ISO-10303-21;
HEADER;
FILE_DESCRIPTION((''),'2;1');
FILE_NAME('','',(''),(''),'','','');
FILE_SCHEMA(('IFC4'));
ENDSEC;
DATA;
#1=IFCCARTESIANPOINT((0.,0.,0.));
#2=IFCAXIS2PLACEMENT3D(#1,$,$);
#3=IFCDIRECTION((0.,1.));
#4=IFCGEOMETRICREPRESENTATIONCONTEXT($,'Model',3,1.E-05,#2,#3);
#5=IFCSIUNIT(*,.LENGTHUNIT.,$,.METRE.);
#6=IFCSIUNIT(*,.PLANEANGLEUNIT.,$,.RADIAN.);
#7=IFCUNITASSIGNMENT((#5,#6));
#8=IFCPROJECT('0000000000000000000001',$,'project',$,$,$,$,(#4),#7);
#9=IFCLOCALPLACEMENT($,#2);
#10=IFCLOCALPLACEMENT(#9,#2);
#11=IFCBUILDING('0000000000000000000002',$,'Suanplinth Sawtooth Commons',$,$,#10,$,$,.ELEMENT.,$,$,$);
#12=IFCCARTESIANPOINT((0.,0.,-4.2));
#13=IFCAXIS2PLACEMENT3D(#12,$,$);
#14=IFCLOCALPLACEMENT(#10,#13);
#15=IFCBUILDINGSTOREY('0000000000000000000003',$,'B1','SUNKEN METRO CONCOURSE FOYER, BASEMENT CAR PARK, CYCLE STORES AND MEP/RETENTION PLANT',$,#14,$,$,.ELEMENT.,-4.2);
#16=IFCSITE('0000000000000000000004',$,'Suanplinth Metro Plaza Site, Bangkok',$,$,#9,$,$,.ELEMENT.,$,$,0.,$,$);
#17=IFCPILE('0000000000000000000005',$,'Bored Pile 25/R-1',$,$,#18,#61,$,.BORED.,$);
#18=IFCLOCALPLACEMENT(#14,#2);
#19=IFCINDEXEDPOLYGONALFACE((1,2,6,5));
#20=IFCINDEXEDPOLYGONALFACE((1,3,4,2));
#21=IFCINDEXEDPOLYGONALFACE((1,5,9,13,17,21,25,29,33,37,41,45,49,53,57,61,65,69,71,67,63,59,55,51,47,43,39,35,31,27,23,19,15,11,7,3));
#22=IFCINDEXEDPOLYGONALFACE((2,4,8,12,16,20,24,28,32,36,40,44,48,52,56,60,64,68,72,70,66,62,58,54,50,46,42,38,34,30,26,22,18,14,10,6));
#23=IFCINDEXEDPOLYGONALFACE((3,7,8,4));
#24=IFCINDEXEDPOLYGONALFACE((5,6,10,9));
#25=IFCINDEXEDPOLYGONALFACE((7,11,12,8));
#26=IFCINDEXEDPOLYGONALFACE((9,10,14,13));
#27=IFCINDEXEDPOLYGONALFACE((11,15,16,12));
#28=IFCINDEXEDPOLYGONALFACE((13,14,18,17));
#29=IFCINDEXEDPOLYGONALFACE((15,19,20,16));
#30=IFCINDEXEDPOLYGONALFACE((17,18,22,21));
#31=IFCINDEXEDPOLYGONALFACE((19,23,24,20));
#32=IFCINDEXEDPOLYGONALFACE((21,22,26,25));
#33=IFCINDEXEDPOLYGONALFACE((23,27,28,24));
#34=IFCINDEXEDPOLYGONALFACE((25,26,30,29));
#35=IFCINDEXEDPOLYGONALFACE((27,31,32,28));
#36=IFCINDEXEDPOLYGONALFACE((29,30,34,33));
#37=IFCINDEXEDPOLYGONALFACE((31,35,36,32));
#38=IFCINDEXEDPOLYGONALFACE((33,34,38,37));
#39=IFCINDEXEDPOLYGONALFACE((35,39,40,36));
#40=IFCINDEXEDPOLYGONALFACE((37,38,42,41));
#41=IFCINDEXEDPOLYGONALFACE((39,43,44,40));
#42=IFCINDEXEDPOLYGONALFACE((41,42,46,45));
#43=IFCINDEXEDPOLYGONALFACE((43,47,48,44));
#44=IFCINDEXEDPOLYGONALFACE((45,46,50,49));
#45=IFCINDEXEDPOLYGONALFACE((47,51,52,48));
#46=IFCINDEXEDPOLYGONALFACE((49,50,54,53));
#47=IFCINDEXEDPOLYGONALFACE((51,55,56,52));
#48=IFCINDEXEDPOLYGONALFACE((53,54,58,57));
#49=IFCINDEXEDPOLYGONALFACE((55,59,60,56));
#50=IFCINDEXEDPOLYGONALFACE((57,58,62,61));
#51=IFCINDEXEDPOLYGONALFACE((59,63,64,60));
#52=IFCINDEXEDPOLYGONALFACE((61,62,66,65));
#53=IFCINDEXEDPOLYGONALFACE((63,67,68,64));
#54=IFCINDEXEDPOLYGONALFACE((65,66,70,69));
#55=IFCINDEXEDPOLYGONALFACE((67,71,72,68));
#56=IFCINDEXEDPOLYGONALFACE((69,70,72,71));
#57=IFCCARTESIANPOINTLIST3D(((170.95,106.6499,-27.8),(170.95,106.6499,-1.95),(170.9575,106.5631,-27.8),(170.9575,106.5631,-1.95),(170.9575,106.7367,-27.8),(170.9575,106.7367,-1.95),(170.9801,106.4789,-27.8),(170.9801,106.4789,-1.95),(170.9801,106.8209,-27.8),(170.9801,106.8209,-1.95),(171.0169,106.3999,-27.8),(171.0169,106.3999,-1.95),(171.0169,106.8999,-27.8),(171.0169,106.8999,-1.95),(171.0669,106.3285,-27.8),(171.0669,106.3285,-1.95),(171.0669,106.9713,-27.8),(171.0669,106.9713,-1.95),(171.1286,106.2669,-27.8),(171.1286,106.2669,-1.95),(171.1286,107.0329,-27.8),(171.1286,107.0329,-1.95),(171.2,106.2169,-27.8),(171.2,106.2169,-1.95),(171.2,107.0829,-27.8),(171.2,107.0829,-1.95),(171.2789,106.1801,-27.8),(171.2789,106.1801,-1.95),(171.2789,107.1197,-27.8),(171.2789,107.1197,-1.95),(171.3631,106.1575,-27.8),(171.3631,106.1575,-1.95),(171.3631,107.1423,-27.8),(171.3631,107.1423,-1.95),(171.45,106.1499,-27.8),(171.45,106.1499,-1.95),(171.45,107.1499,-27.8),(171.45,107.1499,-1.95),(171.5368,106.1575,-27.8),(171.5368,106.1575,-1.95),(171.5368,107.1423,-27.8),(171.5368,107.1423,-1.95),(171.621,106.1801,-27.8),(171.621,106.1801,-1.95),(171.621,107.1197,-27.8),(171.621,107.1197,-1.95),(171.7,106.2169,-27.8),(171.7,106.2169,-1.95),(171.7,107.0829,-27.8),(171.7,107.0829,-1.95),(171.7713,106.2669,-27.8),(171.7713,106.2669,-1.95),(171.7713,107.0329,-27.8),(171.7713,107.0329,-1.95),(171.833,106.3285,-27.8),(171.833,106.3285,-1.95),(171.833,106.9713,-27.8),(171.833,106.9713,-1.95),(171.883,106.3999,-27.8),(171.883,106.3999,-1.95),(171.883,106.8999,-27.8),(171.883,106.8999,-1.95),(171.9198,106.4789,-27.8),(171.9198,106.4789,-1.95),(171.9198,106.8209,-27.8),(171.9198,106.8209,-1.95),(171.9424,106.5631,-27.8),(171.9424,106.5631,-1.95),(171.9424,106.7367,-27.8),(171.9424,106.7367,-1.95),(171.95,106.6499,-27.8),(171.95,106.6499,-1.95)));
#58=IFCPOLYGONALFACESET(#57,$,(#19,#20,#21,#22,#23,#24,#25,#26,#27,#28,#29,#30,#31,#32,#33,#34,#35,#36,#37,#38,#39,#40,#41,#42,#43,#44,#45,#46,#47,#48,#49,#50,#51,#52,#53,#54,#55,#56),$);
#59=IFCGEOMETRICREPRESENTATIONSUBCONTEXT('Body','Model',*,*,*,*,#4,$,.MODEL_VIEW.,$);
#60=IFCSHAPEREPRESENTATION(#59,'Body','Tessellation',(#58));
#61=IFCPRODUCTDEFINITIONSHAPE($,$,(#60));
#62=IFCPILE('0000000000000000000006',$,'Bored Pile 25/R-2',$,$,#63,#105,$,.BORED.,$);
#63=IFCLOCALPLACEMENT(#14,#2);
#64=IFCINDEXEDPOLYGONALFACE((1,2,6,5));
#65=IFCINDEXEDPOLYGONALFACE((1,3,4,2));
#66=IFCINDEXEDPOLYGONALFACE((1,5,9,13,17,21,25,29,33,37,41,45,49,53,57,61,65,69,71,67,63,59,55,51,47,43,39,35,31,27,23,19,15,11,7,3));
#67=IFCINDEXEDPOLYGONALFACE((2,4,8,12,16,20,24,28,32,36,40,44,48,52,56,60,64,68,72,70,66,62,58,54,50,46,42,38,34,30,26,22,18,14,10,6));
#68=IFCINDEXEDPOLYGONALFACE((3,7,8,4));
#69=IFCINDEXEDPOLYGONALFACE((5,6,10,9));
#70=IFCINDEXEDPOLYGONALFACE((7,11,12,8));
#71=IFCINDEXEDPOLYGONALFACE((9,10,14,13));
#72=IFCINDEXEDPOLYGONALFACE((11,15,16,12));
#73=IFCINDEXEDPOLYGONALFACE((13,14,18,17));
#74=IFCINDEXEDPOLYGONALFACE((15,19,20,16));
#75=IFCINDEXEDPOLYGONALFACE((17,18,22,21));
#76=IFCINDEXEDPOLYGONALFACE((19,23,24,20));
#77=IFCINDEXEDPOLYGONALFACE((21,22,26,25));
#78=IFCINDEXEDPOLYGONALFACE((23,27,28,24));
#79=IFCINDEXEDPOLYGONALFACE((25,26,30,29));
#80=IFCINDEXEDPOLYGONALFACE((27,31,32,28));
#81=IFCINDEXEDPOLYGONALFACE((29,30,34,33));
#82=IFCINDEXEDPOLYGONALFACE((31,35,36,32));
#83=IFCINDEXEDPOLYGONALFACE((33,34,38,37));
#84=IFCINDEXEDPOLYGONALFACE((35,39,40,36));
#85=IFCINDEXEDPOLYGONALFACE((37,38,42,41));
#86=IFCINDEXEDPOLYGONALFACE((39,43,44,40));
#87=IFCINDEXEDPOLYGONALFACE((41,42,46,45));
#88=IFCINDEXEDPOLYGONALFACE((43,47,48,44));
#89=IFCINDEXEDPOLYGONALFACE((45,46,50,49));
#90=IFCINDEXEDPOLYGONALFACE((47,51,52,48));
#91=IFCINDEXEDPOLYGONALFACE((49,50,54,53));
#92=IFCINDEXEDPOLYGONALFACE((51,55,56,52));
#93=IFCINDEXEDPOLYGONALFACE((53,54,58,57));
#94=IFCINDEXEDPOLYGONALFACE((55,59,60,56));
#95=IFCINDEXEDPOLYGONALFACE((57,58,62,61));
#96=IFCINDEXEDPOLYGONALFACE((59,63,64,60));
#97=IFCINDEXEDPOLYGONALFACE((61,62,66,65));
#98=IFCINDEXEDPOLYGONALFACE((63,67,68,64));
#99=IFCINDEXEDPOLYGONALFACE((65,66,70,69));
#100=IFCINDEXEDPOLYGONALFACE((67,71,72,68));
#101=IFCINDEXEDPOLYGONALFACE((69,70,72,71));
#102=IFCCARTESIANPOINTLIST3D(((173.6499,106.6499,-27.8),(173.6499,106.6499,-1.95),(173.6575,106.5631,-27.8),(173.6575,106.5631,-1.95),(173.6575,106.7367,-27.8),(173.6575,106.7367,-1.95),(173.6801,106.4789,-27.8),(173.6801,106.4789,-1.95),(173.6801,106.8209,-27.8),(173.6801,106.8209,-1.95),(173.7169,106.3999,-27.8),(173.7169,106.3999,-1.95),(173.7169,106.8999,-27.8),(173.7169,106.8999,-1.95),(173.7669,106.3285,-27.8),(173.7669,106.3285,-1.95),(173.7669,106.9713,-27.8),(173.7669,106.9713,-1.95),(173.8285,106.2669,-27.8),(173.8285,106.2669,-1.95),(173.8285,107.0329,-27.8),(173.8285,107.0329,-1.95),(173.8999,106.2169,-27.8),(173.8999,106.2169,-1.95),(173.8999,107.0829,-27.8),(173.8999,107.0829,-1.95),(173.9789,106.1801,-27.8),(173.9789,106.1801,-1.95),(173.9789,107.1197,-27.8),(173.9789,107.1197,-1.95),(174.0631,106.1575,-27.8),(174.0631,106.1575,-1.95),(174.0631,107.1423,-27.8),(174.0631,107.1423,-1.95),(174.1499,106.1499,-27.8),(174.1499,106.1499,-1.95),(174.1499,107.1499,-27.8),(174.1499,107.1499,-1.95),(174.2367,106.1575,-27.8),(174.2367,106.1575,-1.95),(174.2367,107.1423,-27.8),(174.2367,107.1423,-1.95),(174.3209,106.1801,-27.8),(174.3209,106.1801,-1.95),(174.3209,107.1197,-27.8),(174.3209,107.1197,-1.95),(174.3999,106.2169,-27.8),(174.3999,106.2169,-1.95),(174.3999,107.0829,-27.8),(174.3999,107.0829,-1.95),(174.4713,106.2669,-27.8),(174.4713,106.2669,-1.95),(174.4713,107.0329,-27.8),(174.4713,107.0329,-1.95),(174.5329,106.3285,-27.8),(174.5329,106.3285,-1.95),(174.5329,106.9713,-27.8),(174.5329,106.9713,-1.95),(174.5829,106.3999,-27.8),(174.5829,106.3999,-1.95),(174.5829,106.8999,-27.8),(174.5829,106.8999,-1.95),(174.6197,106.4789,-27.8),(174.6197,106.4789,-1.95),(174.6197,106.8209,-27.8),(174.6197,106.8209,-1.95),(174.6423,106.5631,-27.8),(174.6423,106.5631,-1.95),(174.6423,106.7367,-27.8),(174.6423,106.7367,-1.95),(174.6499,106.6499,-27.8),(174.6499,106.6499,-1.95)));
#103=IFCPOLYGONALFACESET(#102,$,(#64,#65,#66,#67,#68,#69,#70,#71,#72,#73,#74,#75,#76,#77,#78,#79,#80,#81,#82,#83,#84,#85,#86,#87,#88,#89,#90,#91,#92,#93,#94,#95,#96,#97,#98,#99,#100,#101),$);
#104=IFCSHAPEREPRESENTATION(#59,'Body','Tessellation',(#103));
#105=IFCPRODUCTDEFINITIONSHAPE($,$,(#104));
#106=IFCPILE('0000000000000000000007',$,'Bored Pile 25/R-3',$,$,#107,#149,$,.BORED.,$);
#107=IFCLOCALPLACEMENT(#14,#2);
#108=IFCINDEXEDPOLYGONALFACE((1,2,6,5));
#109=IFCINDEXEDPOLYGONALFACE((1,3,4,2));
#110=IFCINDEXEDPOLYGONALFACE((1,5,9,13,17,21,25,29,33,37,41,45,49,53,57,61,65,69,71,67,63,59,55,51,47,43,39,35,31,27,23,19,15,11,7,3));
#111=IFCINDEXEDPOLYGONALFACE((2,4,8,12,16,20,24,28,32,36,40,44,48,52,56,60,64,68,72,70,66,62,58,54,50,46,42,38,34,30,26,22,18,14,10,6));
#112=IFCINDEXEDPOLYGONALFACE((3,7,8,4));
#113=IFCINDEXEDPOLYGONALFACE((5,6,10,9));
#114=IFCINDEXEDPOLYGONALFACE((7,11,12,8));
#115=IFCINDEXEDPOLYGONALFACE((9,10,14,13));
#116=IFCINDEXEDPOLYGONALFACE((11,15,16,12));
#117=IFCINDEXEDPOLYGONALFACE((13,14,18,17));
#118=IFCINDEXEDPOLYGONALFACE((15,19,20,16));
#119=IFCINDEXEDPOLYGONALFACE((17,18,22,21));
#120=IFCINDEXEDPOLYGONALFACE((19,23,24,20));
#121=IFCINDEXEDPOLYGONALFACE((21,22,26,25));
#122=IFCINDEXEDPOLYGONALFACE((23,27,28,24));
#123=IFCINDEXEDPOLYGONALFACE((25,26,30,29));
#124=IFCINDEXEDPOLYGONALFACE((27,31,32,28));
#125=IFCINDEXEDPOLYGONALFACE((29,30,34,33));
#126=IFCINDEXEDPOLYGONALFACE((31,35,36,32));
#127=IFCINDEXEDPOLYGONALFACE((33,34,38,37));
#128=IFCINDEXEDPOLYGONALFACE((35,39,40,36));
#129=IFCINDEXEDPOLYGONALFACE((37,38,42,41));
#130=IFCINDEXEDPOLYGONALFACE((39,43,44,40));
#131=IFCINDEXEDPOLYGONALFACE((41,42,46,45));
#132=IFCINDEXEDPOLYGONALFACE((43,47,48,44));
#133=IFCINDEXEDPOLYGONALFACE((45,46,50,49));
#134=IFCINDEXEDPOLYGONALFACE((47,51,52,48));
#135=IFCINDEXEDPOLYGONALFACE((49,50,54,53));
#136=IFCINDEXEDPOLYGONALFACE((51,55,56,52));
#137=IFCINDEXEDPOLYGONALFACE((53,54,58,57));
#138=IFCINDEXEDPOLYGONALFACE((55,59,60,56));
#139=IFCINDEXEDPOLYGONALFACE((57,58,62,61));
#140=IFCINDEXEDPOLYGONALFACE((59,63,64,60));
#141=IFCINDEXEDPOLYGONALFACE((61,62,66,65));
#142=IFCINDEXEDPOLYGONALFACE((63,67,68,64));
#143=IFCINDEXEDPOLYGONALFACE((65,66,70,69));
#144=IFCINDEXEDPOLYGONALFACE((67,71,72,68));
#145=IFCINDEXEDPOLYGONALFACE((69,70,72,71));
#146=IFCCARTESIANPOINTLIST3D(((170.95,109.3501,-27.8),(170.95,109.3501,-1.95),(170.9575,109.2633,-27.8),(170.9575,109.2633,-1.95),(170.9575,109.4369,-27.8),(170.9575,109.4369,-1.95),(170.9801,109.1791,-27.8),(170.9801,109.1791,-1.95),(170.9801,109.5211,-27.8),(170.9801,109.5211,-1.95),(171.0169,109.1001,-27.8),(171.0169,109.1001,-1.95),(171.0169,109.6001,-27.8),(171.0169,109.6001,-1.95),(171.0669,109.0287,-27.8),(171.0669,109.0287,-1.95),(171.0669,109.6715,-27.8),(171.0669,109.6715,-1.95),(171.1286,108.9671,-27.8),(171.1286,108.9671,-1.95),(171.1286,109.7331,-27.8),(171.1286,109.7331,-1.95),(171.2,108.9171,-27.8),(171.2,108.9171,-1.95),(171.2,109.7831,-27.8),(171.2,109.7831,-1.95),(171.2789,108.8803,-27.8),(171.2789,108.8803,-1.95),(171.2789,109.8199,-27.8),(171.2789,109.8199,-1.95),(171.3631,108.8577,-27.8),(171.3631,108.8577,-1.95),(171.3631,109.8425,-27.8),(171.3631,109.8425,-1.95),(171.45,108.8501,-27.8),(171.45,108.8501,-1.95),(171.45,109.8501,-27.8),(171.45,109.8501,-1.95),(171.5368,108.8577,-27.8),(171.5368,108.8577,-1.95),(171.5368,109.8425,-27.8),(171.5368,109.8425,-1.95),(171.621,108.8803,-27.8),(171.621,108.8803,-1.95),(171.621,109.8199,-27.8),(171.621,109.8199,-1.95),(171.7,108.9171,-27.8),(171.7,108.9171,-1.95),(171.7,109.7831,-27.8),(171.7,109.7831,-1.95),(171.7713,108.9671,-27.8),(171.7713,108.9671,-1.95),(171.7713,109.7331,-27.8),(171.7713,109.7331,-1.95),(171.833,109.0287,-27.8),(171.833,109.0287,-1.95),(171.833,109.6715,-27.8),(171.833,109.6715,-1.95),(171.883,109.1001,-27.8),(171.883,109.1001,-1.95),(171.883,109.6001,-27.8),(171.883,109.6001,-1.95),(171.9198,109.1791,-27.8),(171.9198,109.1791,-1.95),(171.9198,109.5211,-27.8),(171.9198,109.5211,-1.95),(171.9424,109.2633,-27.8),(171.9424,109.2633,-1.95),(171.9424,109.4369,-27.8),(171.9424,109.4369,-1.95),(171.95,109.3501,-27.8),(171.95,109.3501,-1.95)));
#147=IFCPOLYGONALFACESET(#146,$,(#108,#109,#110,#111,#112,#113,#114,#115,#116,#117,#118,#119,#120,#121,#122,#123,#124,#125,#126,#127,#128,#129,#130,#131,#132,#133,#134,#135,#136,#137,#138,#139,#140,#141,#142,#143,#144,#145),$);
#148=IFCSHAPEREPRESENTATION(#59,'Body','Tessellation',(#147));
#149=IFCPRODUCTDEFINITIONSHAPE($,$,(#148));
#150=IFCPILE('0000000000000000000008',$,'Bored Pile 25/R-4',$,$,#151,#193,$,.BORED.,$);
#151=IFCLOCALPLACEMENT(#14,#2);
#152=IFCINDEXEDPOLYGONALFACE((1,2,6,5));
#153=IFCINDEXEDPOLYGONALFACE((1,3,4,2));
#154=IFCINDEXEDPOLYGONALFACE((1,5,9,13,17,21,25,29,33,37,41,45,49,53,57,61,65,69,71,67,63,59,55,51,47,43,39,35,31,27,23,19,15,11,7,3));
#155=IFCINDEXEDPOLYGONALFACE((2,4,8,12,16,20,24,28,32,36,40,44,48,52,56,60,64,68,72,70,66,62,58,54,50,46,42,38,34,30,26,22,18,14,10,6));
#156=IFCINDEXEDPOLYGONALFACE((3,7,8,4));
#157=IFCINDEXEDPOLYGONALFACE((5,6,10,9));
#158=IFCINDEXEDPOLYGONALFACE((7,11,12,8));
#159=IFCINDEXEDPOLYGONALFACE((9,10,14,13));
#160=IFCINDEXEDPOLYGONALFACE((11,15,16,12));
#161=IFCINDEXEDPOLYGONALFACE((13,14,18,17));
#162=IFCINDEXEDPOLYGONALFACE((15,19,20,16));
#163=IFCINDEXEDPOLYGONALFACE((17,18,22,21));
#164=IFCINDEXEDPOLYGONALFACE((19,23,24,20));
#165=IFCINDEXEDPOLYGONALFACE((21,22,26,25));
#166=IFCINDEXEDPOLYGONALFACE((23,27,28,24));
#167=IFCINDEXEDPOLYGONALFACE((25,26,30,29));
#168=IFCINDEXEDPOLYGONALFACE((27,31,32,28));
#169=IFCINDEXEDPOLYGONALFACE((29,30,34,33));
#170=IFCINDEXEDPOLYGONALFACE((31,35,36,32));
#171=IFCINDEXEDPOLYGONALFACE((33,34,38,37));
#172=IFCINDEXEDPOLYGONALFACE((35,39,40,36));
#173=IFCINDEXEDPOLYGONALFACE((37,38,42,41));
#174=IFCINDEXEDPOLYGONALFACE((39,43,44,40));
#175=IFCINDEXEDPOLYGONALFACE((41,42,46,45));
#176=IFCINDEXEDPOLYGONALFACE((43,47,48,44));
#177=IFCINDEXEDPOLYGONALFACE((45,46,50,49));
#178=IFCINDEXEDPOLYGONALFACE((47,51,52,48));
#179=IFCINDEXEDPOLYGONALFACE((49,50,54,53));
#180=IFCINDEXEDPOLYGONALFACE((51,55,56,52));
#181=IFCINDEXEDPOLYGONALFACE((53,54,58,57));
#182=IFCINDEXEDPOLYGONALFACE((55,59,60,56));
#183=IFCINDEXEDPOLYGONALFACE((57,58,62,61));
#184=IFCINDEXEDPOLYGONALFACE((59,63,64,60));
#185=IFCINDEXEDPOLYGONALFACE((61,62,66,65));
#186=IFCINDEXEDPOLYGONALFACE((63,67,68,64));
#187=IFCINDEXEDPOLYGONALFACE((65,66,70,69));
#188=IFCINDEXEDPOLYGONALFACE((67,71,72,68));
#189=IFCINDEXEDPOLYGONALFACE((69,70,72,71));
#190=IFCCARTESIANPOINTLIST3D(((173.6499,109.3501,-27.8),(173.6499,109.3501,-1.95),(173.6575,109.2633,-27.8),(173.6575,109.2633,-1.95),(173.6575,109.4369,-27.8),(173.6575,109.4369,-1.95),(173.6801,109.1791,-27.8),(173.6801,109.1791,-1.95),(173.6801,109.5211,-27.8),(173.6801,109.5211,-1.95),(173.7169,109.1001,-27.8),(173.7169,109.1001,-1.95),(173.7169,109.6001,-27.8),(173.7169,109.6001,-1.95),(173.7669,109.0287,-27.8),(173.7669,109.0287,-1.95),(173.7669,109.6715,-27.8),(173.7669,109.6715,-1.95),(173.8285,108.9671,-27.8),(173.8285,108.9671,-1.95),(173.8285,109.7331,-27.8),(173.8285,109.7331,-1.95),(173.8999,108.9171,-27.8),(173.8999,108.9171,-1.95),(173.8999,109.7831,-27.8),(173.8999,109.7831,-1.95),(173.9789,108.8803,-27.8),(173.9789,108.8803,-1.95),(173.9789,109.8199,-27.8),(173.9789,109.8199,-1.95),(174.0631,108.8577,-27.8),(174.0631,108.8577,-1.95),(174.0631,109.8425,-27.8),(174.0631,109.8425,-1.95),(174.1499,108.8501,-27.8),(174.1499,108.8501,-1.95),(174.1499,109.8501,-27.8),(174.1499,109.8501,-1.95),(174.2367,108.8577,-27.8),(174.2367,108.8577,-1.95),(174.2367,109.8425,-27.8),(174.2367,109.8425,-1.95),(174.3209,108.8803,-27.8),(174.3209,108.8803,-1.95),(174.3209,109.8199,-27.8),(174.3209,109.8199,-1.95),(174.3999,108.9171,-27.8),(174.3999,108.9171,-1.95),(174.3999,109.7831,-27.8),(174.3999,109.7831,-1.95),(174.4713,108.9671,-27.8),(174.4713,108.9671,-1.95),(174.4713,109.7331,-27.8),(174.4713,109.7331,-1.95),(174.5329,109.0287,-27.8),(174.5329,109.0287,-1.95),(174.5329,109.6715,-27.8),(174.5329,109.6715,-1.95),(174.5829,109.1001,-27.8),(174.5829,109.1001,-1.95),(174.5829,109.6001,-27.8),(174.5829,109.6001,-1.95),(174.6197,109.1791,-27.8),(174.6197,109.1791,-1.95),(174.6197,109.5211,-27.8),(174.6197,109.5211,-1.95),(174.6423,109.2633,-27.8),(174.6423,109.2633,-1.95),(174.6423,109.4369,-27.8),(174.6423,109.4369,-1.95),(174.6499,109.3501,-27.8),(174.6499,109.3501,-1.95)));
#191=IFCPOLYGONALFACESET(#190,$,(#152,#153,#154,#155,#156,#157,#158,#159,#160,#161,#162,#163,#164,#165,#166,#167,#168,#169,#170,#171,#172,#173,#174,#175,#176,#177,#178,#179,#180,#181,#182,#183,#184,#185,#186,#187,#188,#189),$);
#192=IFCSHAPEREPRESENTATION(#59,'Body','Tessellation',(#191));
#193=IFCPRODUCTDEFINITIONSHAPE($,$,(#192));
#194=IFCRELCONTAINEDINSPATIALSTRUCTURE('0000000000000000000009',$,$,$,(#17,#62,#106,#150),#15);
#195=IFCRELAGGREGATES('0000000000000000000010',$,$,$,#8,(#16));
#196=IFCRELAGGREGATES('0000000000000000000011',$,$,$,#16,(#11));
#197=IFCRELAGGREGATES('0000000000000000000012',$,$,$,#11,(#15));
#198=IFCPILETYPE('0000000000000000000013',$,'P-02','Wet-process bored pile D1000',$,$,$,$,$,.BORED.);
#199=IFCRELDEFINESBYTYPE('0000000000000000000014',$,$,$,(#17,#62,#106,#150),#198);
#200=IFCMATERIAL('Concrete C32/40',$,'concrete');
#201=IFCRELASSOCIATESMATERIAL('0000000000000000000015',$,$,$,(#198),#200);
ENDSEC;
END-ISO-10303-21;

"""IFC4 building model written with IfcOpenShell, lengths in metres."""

from ifc_helpers import new_model, si_unit, direction, frame, origin, origin_2d, place, context, subcontext, project, spatial, circle, extrude, material, material_profile, profile_set, type_object, element, save


model = new_model("IFC4")

# Units and contexts
model_context = context("Model", 3, precision=1e-05, world=origin(), true_north=direction((0.0, 1.0)))
body_context = subcontext(model_context, "Body", "Model", "MODEL_VIEW")
ifc_project = project(units=[si_unit("LENGTHUNIT", "METRE"), si_unit("PLANEANGLEUNIT", "RADIAN")], contexts=[model_context])

# Site, building, storey
site_placement = place(None, origin())
site = spatial("IfcSite", under=ifc_project, at=site_placement, Name="Suanplinth Metro Plaza Site, Bangkok", CompositionType="ELEMENT", RefElevation=0.0)
building_placement = place(site_placement, origin())
building = spatial("IfcBuilding", under=site, at=building_placement, Name="Suanplinth Sawtooth Commons", CompositionType="ELEMENT")
storey_placement = place(building_placement, frame((0.0, 0.0, -4.2)))
storey = spatial("IfcBuildingStorey", under=building, at=storey_placement, Name="B1", Description="SUNKEN METRO CONCOURSE FOYER, BASEMENT CAR PARK, CYCLE STORES AND MEP/RETENTION PLANT", CompositionType="ELEMENT", Elevation=-4.2)

# Piles
ifc_material_1 = material(Name="Concrete C32/40", Category="concrete")
ifc_material_profile_1 = material_profile(ifc_material_1, circle(Radius=0.5, at=origin_2d()), Name="PILE D1000")
ifc_profile_set_1 = profile_set([ifc_material_profile_1], Name="Concrete C32/40")
pile_type = type_object("IfcPileType", Name="P-02", Description="Wet-process bored pile D1000", PredefinedType="BORED", material=ifc_profile_set_1)
for number, where, z_axis, x_axis, name in (
    (1, (171.45, 106.6499, -1.95), (0.0, 0.0, -1.0), (1.0, 0.0, 0.0), "Bored Pile 25/R-1"),
    (2, (174.1499, 106.6499, -1.95), (0.0, 0.0, -1.0), (1.0, 0.0, 0.0), "Bored Pile 25/R-2"),
    (3, (171.45, 109.3501, -1.95), (0.0, 0.0, -1.0), (1.0, 0.0, 0.0), "Bored Pile 25/R-3"),
    (4, (174.1499, 109.3501, -1.95), (0.0, 0.0, -1.0), (1.0, 0.0, 0.0), "Bored Pile 25/R-4"),
):
    element("IfcPile", number, at=place(storey_placement, frame(where, z_axis=z_axis, x_axis=x_axis)), inside=storey, type_object=pile_type, Name=name, PredefinedType="BORED", context=body_context, shape_type="SweptSolid", body=[
        extrude(circle(Radius=0.5, at=origin_2d()), origin(), (0.0, 0.0, 1.0), 25.8501),
    ])

save(model, "model.ifc")
